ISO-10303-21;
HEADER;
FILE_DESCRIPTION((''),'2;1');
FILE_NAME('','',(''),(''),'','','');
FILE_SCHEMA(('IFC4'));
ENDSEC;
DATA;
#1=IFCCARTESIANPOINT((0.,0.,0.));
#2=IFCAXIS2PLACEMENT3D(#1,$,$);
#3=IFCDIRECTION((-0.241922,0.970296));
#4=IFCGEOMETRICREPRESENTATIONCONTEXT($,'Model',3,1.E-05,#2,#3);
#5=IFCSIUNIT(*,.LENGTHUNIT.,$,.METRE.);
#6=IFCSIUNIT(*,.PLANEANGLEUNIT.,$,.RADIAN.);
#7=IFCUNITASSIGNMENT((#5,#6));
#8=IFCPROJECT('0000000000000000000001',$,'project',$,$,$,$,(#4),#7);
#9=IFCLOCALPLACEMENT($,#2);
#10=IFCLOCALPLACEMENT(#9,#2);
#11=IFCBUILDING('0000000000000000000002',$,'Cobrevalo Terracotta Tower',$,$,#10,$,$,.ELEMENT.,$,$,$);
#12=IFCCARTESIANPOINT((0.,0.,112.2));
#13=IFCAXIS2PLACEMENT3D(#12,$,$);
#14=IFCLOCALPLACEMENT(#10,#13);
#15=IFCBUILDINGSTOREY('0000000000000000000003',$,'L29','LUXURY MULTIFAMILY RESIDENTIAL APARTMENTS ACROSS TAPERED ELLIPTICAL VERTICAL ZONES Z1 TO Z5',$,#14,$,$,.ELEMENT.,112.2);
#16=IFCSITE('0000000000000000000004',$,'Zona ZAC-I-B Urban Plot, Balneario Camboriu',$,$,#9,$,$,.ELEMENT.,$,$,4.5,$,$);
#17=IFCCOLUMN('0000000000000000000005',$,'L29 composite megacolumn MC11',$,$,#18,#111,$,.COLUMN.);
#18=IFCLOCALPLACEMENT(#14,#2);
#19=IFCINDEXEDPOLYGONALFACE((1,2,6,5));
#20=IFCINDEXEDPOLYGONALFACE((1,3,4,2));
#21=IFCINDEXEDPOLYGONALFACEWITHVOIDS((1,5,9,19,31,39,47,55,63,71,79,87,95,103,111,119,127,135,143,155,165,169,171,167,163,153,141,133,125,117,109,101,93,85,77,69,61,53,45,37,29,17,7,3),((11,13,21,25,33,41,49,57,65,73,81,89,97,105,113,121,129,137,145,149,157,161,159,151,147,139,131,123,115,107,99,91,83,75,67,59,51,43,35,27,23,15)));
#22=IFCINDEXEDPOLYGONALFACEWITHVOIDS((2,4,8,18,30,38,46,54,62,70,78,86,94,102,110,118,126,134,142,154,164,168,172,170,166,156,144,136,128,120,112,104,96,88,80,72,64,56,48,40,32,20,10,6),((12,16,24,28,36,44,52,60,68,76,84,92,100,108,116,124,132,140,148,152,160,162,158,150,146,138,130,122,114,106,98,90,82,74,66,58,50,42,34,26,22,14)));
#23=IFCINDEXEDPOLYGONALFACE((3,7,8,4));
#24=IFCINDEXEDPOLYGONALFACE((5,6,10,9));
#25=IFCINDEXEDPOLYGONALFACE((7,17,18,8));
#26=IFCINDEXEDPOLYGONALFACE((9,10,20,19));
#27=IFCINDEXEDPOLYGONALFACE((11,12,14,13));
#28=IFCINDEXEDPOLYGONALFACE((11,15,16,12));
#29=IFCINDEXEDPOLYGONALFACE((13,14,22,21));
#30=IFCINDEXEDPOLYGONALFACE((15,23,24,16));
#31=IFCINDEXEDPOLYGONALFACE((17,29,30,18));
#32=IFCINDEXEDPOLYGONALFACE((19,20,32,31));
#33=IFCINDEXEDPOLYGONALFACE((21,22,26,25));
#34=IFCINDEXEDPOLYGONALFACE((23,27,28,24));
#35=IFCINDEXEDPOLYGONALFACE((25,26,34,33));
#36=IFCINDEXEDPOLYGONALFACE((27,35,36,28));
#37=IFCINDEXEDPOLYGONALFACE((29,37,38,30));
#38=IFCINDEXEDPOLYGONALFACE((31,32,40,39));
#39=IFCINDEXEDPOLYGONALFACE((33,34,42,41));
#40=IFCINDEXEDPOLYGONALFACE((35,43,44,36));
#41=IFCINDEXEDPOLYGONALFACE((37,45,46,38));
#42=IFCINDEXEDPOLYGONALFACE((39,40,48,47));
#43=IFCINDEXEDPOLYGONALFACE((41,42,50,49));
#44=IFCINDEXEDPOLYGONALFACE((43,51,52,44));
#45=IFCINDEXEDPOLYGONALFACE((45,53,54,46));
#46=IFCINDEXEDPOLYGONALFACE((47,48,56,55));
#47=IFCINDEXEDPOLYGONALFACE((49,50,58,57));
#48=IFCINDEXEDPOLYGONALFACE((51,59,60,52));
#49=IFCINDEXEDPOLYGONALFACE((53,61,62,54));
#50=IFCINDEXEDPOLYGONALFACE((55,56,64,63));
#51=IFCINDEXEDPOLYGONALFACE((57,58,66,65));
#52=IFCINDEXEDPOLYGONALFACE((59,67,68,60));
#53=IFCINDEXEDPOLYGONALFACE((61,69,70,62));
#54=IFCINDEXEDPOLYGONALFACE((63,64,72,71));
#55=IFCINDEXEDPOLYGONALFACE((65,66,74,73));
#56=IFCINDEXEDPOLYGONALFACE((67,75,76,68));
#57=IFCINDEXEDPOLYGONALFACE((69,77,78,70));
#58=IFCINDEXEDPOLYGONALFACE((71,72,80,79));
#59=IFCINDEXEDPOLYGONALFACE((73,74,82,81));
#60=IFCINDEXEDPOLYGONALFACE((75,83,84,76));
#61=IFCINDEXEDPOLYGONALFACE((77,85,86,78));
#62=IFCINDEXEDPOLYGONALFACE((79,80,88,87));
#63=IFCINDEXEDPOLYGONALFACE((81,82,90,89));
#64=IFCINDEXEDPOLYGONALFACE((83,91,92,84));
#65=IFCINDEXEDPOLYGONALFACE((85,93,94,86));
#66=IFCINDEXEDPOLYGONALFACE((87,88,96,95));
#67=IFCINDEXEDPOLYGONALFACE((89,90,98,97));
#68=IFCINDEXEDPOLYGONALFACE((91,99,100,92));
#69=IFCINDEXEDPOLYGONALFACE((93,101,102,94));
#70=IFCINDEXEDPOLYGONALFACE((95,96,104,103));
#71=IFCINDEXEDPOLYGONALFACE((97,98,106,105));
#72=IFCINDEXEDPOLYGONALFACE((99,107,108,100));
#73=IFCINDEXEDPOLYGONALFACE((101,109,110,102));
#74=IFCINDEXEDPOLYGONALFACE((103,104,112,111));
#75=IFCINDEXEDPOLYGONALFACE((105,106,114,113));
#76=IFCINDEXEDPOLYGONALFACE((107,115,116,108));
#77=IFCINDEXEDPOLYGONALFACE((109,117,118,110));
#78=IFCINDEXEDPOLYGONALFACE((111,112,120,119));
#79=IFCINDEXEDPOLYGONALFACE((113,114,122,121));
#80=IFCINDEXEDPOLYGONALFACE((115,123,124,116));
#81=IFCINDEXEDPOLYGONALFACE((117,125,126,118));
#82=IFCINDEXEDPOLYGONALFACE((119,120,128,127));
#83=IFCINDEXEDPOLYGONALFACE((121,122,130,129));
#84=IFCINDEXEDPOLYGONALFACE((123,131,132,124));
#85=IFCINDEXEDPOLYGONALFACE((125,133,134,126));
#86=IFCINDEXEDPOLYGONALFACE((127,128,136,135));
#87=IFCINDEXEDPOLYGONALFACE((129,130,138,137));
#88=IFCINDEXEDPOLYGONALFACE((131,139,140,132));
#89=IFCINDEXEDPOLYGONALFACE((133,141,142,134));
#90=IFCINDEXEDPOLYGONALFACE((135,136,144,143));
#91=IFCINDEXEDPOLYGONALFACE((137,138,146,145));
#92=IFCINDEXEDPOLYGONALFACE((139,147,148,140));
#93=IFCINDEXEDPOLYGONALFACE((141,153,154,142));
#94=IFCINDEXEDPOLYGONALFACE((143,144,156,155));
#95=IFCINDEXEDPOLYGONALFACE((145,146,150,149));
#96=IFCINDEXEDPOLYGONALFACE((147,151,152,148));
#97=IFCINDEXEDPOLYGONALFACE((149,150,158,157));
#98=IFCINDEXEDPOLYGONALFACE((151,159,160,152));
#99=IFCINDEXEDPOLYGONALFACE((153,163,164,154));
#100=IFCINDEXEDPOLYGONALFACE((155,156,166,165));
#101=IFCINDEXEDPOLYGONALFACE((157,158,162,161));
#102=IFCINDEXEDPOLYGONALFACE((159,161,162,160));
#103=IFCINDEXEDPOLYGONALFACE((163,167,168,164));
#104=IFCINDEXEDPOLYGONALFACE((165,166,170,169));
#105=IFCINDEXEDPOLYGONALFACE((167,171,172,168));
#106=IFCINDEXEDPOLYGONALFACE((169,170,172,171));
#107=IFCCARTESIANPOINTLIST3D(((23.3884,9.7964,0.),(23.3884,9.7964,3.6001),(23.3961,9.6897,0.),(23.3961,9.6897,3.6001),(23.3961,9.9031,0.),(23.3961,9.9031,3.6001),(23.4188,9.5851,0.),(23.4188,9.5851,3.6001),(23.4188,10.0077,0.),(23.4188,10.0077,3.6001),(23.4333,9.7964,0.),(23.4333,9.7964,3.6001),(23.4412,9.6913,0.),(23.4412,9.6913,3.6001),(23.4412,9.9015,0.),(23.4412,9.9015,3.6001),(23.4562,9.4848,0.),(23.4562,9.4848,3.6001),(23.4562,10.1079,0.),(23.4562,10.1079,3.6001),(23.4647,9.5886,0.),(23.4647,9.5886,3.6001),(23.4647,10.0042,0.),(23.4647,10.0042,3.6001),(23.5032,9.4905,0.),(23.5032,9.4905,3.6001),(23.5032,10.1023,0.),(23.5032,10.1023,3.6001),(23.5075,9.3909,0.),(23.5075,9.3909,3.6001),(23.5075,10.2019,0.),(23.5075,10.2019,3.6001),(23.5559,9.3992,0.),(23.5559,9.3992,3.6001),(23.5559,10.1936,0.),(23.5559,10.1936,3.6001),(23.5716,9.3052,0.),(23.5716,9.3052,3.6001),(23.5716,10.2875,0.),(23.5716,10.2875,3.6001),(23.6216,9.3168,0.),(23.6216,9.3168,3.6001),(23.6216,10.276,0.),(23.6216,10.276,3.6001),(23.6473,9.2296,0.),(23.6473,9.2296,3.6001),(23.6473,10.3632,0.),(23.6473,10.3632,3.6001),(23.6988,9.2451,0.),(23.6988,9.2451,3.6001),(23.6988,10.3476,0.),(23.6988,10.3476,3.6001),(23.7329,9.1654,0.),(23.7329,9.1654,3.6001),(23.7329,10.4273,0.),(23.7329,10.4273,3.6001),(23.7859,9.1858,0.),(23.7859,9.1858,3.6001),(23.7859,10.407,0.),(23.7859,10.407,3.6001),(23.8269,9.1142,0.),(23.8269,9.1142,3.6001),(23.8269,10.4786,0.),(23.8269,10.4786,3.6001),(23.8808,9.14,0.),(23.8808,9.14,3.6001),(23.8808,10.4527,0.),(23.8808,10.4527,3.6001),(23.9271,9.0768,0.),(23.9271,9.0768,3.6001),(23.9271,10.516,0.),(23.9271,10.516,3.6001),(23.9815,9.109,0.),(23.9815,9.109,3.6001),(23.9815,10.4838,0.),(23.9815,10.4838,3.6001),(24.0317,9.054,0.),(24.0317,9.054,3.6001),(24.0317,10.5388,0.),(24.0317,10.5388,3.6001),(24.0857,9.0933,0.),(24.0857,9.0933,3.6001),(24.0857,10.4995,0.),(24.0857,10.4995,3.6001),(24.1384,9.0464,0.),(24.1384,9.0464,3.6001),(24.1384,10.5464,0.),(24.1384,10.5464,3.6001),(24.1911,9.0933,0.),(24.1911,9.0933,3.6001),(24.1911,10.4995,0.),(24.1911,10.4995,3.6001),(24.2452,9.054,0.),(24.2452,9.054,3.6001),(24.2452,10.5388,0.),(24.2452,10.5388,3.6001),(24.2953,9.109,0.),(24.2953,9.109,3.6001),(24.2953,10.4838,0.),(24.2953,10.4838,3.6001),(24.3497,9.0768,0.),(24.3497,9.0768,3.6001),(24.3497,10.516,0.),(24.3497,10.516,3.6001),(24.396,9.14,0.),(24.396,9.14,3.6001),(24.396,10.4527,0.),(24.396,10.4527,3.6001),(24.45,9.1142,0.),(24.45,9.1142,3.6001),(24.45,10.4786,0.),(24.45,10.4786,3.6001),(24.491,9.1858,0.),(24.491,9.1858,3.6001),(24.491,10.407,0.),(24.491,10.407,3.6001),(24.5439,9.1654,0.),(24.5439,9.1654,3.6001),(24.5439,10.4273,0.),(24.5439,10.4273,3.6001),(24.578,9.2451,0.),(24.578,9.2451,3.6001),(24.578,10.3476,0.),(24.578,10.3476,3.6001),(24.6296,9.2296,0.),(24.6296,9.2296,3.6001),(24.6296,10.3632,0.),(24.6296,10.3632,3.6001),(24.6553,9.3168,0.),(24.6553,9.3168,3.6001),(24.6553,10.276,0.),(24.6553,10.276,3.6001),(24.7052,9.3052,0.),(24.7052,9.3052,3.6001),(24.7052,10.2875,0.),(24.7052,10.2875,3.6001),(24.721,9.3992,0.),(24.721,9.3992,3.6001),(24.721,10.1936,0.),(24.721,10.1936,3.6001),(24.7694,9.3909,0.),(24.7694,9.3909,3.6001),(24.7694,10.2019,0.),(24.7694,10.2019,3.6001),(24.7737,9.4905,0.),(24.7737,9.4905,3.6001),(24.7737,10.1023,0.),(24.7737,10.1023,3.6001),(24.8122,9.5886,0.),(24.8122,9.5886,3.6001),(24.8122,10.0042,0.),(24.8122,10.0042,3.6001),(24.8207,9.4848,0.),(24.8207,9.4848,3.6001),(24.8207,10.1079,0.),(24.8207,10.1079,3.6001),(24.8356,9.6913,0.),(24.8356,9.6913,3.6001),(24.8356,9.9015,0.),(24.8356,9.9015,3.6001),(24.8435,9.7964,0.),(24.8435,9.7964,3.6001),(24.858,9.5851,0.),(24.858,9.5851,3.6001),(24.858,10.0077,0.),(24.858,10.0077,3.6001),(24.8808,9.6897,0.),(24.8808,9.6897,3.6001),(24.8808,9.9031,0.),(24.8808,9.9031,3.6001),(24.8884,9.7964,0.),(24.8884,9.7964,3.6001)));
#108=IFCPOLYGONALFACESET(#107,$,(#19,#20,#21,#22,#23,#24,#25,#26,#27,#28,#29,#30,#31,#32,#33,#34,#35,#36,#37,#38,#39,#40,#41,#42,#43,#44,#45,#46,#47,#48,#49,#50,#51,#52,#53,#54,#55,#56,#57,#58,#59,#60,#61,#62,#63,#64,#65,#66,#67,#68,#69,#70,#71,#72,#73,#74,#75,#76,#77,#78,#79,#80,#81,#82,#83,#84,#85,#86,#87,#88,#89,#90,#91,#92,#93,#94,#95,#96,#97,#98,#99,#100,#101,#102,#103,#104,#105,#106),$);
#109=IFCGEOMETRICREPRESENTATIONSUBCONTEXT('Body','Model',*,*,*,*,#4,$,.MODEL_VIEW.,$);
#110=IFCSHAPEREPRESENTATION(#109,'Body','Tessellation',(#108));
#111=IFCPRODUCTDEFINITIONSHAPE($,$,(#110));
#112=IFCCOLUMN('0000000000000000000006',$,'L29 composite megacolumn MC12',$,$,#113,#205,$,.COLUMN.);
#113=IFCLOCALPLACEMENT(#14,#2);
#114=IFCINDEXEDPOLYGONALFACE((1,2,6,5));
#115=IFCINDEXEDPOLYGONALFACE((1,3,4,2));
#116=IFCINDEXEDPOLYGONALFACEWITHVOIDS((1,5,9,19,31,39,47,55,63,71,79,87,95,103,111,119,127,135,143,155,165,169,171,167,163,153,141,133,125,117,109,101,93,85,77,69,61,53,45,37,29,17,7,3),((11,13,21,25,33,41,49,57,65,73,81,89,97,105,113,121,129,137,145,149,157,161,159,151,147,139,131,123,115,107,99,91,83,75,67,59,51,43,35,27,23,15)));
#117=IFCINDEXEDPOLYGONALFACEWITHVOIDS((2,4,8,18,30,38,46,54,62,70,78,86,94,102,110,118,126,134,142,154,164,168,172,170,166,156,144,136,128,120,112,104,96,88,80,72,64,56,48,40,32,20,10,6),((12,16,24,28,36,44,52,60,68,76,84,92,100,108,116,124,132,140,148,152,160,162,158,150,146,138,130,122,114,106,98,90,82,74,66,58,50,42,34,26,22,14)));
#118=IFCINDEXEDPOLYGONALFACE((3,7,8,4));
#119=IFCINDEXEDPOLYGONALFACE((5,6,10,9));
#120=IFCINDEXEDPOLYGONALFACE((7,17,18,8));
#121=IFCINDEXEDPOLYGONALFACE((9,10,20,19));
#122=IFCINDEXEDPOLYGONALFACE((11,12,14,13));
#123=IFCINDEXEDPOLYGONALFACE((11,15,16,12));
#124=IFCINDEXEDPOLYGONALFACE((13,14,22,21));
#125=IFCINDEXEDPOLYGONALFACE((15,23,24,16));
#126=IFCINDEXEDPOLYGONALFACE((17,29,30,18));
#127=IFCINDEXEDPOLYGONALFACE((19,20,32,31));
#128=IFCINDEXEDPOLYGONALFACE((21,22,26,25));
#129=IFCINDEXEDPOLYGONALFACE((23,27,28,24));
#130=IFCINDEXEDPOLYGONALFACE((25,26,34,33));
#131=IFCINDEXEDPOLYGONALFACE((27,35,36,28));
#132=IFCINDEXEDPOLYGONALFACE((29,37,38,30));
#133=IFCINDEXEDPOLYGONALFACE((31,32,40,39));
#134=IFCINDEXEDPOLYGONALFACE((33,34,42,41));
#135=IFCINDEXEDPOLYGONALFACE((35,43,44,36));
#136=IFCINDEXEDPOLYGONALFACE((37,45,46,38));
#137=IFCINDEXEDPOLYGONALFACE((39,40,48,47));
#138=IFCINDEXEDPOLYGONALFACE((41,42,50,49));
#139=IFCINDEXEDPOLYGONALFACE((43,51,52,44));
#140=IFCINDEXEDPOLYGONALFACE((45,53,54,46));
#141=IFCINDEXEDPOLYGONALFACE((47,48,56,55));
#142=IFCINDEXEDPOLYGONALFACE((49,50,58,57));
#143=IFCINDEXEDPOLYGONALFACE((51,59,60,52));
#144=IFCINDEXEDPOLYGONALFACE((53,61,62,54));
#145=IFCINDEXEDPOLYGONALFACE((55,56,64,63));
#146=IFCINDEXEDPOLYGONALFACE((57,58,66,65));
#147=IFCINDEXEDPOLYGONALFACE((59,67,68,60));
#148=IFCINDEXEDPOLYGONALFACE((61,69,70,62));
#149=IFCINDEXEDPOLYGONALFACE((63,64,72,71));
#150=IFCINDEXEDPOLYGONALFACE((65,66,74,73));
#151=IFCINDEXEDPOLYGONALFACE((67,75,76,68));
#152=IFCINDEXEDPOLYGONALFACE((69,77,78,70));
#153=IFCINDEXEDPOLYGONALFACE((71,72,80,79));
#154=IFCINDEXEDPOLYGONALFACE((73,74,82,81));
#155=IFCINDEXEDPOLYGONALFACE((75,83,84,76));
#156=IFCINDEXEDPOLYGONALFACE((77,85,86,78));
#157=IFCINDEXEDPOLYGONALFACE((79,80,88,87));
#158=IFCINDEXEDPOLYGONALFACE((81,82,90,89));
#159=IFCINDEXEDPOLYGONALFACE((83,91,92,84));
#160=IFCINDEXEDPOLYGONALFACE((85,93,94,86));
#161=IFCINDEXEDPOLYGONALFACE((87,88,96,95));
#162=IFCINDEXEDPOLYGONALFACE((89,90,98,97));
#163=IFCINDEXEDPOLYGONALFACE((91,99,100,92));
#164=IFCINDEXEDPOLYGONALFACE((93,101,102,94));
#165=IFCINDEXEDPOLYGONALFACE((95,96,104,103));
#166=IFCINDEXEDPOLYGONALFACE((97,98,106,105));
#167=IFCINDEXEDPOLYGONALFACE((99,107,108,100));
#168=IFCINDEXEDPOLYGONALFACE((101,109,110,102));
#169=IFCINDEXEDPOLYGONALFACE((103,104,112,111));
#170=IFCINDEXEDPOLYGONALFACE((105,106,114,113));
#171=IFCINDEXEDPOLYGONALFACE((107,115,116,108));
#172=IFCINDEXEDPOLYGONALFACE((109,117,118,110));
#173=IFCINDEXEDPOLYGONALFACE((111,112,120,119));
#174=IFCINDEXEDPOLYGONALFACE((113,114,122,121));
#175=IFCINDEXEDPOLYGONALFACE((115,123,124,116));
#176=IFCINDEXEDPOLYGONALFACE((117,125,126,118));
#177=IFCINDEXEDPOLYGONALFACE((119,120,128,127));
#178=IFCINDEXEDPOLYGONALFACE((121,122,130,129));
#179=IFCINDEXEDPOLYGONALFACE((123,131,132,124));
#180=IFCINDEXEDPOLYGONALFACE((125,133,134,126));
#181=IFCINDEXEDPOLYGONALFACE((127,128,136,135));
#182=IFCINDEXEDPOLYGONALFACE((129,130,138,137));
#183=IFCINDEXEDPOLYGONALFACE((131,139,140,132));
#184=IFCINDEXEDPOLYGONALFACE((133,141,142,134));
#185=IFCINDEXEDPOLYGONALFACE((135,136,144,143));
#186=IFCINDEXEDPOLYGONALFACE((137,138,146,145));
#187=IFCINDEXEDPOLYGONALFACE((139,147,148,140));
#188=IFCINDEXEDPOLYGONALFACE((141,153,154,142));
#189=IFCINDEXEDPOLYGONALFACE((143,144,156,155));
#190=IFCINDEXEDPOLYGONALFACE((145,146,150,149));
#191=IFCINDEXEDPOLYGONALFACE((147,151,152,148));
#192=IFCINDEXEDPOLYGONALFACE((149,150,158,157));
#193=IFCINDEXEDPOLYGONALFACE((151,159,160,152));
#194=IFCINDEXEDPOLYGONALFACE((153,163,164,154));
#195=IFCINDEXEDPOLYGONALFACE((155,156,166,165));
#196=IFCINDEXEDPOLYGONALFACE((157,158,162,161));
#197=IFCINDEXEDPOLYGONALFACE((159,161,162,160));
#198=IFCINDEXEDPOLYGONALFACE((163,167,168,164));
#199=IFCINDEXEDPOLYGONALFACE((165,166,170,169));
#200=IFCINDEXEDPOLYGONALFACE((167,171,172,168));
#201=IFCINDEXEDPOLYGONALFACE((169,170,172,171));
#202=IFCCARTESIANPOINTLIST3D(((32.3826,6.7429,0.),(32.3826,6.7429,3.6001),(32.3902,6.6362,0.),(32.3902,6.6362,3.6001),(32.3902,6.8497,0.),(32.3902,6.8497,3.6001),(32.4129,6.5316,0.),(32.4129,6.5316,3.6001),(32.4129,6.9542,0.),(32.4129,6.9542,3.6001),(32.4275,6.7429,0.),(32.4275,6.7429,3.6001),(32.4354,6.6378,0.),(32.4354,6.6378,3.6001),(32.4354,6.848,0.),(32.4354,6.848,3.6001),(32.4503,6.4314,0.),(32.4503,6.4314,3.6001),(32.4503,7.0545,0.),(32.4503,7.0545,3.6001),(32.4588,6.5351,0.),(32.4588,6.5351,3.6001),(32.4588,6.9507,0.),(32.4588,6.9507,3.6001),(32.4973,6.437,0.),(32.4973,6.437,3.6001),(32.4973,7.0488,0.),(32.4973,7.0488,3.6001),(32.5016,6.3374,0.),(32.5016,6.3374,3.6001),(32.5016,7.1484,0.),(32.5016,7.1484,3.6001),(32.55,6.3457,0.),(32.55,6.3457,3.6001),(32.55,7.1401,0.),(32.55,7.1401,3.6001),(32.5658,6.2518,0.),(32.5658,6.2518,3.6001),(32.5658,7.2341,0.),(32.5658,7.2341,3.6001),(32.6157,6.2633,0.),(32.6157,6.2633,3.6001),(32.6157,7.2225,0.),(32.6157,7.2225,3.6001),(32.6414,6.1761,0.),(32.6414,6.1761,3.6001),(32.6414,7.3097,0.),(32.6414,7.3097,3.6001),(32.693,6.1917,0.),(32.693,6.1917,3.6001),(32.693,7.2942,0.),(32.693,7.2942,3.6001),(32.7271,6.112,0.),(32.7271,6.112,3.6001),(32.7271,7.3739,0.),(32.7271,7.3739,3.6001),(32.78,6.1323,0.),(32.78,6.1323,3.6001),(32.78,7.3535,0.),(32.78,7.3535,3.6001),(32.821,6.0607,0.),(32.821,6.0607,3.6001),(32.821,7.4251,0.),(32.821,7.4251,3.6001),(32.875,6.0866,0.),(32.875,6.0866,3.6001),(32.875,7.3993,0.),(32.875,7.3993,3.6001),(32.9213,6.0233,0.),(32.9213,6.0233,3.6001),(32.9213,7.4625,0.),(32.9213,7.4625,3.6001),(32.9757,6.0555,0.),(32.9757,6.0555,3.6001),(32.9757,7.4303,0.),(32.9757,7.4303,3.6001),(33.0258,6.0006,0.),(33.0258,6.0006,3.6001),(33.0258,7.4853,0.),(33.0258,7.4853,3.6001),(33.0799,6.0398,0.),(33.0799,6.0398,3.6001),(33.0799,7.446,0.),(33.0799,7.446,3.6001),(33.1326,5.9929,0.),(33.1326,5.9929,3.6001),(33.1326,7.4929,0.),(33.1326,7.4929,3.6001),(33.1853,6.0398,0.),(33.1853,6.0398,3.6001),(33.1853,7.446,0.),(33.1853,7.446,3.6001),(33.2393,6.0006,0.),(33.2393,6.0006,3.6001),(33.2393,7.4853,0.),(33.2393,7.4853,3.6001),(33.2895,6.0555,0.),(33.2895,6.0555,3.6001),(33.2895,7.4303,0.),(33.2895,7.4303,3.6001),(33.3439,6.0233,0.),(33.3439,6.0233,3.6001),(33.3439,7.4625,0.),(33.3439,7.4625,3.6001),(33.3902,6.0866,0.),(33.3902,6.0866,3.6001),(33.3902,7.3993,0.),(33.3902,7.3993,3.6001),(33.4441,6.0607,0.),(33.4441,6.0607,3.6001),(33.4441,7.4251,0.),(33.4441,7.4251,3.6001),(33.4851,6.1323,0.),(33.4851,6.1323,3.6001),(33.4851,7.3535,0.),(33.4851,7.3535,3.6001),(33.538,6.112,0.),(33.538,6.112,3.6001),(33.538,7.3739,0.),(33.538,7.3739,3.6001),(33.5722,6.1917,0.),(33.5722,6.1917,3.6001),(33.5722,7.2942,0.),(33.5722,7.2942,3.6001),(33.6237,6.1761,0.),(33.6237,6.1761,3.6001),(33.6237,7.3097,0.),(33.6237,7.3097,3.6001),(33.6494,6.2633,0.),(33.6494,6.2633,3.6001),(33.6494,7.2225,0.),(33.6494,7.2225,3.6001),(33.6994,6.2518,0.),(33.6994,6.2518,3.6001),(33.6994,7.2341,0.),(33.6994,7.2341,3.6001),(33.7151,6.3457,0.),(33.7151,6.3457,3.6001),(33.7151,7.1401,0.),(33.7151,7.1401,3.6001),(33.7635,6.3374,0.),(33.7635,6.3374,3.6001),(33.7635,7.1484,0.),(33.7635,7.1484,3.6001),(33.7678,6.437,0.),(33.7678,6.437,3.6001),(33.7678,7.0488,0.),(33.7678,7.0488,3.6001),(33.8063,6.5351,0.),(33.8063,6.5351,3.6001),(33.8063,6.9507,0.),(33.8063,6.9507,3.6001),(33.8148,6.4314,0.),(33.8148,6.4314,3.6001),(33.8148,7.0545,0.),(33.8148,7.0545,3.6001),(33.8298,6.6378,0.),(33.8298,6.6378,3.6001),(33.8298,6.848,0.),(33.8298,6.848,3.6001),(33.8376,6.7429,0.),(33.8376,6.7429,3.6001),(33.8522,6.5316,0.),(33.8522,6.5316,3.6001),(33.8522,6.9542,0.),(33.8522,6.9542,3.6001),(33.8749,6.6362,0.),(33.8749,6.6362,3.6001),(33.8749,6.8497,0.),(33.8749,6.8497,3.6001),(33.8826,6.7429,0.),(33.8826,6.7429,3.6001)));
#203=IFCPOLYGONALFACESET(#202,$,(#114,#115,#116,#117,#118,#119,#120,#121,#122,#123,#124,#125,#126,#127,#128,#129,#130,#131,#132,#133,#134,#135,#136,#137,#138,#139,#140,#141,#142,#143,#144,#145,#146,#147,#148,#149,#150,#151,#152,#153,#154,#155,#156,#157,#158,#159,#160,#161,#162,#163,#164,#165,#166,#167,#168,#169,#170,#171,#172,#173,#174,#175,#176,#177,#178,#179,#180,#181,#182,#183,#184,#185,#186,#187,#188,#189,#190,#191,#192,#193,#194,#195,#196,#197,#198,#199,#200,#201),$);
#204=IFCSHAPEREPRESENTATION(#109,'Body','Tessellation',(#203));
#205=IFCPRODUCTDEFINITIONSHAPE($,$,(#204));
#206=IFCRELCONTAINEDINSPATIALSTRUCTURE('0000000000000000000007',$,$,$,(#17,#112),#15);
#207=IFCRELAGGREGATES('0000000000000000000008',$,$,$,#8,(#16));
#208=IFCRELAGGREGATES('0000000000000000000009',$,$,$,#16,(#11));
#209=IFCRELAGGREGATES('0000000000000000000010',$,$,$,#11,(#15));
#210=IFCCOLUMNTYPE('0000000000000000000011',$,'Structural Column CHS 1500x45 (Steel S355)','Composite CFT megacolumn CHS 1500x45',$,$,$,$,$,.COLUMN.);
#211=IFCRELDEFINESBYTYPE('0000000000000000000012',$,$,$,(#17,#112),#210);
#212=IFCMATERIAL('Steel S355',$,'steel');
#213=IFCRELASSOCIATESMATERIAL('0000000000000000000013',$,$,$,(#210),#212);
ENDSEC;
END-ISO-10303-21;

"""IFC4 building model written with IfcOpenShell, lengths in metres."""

from ifc_helpers import new_model, si_unit, direction, frame, origin, origin_2d, place, context, subcontext, project, spatial, hollow_circle, extrude, material, material_profile, profile_set, type_object, element, save


model = new_model("IFC4")

# Units and contexts
model_context = context("Model", 3, precision=1e-05, world=origin(), true_north=direction((-0.241922, 0.970296)))
body_context = subcontext(model_context, "Body", "Model", "MODEL_VIEW")
ifc_project = project(units=[si_unit("LENGTHUNIT", "METRE"), si_unit("PLANEANGLEUNIT", "RADIAN")], contexts=[model_context])

# Site, building, storey
site_placement = place(None, origin())
site = spatial("IfcSite", under=ifc_project, at=site_placement, Name="Zona ZAC-I-B Urban Plot, Balneario Camboriu", CompositionType="ELEMENT", RefElevation=4.5)
building_placement = place(site_placement, origin())
building = spatial("IfcBuilding", under=site, at=building_placement, Name="Cobrevalo Terracotta Tower", CompositionType="ELEMENT")
storey_placement = place(building_placement, frame((0.0, 0.0, 112.2)))
storey = spatial("IfcBuildingStorey", under=building, at=storey_placement, Name="L29", Description="LUXURY MULTIFAMILY RESIDENTIAL APARTMENTS ACROSS TAPERED ELLIPTICAL VERTICAL ZONES Z1 TO Z5", CompositionType="ELEMENT", Elevation=112.2)

# Columns
ifc_material_1 = material(Name="Steel S355", Category="steel")
ifc_material_profile_1 = material_profile(ifc_material_1, hollow_circle(Radius=0.75, WallThickness=0.0449, at=origin_2d()), Name="CHS 1500x45")
ifc_profile_set_1 = profile_set([ifc_material_profile_1], Name="Steel S355")
column_type = type_object("IfcColumnType", Name="Structural Column CHS 1500x45 (Steel S355)", Description="Composite CFT megacolumn CHS 1500x45", PredefinedType="COLUMN", material=ifc_profile_set_1)
for number, where, z_axis, x_axis, name in (
    (1, (24.1384, 9.7964, 0.0), (0.0, 0.0, 1.0), (1.0, 0.0, 0.0), "L29 composite megacolumn MC11"),
    (2, (33.1326, 6.7429, 0.0), (0.0, 0.0, 1.0), (1.0, 0.0, 0.0), "L29 composite megacolumn MC12"),
):
    element("IfcColumn", number, at=place(storey_placement, frame(where, z_axis=z_axis, x_axis=x_axis)), inside=storey, type_object=column_type, Name=name, PredefinedType="COLUMN", context=body_context, shape_type="SweptSolid", body=[
        extrude(hollow_circle(Radius=0.75, WallThickness=0.0449, at=origin_2d()), origin(), (0.0, 0.0, 1.0), 3.6001),
    ])

save(model, "model.ifc")
